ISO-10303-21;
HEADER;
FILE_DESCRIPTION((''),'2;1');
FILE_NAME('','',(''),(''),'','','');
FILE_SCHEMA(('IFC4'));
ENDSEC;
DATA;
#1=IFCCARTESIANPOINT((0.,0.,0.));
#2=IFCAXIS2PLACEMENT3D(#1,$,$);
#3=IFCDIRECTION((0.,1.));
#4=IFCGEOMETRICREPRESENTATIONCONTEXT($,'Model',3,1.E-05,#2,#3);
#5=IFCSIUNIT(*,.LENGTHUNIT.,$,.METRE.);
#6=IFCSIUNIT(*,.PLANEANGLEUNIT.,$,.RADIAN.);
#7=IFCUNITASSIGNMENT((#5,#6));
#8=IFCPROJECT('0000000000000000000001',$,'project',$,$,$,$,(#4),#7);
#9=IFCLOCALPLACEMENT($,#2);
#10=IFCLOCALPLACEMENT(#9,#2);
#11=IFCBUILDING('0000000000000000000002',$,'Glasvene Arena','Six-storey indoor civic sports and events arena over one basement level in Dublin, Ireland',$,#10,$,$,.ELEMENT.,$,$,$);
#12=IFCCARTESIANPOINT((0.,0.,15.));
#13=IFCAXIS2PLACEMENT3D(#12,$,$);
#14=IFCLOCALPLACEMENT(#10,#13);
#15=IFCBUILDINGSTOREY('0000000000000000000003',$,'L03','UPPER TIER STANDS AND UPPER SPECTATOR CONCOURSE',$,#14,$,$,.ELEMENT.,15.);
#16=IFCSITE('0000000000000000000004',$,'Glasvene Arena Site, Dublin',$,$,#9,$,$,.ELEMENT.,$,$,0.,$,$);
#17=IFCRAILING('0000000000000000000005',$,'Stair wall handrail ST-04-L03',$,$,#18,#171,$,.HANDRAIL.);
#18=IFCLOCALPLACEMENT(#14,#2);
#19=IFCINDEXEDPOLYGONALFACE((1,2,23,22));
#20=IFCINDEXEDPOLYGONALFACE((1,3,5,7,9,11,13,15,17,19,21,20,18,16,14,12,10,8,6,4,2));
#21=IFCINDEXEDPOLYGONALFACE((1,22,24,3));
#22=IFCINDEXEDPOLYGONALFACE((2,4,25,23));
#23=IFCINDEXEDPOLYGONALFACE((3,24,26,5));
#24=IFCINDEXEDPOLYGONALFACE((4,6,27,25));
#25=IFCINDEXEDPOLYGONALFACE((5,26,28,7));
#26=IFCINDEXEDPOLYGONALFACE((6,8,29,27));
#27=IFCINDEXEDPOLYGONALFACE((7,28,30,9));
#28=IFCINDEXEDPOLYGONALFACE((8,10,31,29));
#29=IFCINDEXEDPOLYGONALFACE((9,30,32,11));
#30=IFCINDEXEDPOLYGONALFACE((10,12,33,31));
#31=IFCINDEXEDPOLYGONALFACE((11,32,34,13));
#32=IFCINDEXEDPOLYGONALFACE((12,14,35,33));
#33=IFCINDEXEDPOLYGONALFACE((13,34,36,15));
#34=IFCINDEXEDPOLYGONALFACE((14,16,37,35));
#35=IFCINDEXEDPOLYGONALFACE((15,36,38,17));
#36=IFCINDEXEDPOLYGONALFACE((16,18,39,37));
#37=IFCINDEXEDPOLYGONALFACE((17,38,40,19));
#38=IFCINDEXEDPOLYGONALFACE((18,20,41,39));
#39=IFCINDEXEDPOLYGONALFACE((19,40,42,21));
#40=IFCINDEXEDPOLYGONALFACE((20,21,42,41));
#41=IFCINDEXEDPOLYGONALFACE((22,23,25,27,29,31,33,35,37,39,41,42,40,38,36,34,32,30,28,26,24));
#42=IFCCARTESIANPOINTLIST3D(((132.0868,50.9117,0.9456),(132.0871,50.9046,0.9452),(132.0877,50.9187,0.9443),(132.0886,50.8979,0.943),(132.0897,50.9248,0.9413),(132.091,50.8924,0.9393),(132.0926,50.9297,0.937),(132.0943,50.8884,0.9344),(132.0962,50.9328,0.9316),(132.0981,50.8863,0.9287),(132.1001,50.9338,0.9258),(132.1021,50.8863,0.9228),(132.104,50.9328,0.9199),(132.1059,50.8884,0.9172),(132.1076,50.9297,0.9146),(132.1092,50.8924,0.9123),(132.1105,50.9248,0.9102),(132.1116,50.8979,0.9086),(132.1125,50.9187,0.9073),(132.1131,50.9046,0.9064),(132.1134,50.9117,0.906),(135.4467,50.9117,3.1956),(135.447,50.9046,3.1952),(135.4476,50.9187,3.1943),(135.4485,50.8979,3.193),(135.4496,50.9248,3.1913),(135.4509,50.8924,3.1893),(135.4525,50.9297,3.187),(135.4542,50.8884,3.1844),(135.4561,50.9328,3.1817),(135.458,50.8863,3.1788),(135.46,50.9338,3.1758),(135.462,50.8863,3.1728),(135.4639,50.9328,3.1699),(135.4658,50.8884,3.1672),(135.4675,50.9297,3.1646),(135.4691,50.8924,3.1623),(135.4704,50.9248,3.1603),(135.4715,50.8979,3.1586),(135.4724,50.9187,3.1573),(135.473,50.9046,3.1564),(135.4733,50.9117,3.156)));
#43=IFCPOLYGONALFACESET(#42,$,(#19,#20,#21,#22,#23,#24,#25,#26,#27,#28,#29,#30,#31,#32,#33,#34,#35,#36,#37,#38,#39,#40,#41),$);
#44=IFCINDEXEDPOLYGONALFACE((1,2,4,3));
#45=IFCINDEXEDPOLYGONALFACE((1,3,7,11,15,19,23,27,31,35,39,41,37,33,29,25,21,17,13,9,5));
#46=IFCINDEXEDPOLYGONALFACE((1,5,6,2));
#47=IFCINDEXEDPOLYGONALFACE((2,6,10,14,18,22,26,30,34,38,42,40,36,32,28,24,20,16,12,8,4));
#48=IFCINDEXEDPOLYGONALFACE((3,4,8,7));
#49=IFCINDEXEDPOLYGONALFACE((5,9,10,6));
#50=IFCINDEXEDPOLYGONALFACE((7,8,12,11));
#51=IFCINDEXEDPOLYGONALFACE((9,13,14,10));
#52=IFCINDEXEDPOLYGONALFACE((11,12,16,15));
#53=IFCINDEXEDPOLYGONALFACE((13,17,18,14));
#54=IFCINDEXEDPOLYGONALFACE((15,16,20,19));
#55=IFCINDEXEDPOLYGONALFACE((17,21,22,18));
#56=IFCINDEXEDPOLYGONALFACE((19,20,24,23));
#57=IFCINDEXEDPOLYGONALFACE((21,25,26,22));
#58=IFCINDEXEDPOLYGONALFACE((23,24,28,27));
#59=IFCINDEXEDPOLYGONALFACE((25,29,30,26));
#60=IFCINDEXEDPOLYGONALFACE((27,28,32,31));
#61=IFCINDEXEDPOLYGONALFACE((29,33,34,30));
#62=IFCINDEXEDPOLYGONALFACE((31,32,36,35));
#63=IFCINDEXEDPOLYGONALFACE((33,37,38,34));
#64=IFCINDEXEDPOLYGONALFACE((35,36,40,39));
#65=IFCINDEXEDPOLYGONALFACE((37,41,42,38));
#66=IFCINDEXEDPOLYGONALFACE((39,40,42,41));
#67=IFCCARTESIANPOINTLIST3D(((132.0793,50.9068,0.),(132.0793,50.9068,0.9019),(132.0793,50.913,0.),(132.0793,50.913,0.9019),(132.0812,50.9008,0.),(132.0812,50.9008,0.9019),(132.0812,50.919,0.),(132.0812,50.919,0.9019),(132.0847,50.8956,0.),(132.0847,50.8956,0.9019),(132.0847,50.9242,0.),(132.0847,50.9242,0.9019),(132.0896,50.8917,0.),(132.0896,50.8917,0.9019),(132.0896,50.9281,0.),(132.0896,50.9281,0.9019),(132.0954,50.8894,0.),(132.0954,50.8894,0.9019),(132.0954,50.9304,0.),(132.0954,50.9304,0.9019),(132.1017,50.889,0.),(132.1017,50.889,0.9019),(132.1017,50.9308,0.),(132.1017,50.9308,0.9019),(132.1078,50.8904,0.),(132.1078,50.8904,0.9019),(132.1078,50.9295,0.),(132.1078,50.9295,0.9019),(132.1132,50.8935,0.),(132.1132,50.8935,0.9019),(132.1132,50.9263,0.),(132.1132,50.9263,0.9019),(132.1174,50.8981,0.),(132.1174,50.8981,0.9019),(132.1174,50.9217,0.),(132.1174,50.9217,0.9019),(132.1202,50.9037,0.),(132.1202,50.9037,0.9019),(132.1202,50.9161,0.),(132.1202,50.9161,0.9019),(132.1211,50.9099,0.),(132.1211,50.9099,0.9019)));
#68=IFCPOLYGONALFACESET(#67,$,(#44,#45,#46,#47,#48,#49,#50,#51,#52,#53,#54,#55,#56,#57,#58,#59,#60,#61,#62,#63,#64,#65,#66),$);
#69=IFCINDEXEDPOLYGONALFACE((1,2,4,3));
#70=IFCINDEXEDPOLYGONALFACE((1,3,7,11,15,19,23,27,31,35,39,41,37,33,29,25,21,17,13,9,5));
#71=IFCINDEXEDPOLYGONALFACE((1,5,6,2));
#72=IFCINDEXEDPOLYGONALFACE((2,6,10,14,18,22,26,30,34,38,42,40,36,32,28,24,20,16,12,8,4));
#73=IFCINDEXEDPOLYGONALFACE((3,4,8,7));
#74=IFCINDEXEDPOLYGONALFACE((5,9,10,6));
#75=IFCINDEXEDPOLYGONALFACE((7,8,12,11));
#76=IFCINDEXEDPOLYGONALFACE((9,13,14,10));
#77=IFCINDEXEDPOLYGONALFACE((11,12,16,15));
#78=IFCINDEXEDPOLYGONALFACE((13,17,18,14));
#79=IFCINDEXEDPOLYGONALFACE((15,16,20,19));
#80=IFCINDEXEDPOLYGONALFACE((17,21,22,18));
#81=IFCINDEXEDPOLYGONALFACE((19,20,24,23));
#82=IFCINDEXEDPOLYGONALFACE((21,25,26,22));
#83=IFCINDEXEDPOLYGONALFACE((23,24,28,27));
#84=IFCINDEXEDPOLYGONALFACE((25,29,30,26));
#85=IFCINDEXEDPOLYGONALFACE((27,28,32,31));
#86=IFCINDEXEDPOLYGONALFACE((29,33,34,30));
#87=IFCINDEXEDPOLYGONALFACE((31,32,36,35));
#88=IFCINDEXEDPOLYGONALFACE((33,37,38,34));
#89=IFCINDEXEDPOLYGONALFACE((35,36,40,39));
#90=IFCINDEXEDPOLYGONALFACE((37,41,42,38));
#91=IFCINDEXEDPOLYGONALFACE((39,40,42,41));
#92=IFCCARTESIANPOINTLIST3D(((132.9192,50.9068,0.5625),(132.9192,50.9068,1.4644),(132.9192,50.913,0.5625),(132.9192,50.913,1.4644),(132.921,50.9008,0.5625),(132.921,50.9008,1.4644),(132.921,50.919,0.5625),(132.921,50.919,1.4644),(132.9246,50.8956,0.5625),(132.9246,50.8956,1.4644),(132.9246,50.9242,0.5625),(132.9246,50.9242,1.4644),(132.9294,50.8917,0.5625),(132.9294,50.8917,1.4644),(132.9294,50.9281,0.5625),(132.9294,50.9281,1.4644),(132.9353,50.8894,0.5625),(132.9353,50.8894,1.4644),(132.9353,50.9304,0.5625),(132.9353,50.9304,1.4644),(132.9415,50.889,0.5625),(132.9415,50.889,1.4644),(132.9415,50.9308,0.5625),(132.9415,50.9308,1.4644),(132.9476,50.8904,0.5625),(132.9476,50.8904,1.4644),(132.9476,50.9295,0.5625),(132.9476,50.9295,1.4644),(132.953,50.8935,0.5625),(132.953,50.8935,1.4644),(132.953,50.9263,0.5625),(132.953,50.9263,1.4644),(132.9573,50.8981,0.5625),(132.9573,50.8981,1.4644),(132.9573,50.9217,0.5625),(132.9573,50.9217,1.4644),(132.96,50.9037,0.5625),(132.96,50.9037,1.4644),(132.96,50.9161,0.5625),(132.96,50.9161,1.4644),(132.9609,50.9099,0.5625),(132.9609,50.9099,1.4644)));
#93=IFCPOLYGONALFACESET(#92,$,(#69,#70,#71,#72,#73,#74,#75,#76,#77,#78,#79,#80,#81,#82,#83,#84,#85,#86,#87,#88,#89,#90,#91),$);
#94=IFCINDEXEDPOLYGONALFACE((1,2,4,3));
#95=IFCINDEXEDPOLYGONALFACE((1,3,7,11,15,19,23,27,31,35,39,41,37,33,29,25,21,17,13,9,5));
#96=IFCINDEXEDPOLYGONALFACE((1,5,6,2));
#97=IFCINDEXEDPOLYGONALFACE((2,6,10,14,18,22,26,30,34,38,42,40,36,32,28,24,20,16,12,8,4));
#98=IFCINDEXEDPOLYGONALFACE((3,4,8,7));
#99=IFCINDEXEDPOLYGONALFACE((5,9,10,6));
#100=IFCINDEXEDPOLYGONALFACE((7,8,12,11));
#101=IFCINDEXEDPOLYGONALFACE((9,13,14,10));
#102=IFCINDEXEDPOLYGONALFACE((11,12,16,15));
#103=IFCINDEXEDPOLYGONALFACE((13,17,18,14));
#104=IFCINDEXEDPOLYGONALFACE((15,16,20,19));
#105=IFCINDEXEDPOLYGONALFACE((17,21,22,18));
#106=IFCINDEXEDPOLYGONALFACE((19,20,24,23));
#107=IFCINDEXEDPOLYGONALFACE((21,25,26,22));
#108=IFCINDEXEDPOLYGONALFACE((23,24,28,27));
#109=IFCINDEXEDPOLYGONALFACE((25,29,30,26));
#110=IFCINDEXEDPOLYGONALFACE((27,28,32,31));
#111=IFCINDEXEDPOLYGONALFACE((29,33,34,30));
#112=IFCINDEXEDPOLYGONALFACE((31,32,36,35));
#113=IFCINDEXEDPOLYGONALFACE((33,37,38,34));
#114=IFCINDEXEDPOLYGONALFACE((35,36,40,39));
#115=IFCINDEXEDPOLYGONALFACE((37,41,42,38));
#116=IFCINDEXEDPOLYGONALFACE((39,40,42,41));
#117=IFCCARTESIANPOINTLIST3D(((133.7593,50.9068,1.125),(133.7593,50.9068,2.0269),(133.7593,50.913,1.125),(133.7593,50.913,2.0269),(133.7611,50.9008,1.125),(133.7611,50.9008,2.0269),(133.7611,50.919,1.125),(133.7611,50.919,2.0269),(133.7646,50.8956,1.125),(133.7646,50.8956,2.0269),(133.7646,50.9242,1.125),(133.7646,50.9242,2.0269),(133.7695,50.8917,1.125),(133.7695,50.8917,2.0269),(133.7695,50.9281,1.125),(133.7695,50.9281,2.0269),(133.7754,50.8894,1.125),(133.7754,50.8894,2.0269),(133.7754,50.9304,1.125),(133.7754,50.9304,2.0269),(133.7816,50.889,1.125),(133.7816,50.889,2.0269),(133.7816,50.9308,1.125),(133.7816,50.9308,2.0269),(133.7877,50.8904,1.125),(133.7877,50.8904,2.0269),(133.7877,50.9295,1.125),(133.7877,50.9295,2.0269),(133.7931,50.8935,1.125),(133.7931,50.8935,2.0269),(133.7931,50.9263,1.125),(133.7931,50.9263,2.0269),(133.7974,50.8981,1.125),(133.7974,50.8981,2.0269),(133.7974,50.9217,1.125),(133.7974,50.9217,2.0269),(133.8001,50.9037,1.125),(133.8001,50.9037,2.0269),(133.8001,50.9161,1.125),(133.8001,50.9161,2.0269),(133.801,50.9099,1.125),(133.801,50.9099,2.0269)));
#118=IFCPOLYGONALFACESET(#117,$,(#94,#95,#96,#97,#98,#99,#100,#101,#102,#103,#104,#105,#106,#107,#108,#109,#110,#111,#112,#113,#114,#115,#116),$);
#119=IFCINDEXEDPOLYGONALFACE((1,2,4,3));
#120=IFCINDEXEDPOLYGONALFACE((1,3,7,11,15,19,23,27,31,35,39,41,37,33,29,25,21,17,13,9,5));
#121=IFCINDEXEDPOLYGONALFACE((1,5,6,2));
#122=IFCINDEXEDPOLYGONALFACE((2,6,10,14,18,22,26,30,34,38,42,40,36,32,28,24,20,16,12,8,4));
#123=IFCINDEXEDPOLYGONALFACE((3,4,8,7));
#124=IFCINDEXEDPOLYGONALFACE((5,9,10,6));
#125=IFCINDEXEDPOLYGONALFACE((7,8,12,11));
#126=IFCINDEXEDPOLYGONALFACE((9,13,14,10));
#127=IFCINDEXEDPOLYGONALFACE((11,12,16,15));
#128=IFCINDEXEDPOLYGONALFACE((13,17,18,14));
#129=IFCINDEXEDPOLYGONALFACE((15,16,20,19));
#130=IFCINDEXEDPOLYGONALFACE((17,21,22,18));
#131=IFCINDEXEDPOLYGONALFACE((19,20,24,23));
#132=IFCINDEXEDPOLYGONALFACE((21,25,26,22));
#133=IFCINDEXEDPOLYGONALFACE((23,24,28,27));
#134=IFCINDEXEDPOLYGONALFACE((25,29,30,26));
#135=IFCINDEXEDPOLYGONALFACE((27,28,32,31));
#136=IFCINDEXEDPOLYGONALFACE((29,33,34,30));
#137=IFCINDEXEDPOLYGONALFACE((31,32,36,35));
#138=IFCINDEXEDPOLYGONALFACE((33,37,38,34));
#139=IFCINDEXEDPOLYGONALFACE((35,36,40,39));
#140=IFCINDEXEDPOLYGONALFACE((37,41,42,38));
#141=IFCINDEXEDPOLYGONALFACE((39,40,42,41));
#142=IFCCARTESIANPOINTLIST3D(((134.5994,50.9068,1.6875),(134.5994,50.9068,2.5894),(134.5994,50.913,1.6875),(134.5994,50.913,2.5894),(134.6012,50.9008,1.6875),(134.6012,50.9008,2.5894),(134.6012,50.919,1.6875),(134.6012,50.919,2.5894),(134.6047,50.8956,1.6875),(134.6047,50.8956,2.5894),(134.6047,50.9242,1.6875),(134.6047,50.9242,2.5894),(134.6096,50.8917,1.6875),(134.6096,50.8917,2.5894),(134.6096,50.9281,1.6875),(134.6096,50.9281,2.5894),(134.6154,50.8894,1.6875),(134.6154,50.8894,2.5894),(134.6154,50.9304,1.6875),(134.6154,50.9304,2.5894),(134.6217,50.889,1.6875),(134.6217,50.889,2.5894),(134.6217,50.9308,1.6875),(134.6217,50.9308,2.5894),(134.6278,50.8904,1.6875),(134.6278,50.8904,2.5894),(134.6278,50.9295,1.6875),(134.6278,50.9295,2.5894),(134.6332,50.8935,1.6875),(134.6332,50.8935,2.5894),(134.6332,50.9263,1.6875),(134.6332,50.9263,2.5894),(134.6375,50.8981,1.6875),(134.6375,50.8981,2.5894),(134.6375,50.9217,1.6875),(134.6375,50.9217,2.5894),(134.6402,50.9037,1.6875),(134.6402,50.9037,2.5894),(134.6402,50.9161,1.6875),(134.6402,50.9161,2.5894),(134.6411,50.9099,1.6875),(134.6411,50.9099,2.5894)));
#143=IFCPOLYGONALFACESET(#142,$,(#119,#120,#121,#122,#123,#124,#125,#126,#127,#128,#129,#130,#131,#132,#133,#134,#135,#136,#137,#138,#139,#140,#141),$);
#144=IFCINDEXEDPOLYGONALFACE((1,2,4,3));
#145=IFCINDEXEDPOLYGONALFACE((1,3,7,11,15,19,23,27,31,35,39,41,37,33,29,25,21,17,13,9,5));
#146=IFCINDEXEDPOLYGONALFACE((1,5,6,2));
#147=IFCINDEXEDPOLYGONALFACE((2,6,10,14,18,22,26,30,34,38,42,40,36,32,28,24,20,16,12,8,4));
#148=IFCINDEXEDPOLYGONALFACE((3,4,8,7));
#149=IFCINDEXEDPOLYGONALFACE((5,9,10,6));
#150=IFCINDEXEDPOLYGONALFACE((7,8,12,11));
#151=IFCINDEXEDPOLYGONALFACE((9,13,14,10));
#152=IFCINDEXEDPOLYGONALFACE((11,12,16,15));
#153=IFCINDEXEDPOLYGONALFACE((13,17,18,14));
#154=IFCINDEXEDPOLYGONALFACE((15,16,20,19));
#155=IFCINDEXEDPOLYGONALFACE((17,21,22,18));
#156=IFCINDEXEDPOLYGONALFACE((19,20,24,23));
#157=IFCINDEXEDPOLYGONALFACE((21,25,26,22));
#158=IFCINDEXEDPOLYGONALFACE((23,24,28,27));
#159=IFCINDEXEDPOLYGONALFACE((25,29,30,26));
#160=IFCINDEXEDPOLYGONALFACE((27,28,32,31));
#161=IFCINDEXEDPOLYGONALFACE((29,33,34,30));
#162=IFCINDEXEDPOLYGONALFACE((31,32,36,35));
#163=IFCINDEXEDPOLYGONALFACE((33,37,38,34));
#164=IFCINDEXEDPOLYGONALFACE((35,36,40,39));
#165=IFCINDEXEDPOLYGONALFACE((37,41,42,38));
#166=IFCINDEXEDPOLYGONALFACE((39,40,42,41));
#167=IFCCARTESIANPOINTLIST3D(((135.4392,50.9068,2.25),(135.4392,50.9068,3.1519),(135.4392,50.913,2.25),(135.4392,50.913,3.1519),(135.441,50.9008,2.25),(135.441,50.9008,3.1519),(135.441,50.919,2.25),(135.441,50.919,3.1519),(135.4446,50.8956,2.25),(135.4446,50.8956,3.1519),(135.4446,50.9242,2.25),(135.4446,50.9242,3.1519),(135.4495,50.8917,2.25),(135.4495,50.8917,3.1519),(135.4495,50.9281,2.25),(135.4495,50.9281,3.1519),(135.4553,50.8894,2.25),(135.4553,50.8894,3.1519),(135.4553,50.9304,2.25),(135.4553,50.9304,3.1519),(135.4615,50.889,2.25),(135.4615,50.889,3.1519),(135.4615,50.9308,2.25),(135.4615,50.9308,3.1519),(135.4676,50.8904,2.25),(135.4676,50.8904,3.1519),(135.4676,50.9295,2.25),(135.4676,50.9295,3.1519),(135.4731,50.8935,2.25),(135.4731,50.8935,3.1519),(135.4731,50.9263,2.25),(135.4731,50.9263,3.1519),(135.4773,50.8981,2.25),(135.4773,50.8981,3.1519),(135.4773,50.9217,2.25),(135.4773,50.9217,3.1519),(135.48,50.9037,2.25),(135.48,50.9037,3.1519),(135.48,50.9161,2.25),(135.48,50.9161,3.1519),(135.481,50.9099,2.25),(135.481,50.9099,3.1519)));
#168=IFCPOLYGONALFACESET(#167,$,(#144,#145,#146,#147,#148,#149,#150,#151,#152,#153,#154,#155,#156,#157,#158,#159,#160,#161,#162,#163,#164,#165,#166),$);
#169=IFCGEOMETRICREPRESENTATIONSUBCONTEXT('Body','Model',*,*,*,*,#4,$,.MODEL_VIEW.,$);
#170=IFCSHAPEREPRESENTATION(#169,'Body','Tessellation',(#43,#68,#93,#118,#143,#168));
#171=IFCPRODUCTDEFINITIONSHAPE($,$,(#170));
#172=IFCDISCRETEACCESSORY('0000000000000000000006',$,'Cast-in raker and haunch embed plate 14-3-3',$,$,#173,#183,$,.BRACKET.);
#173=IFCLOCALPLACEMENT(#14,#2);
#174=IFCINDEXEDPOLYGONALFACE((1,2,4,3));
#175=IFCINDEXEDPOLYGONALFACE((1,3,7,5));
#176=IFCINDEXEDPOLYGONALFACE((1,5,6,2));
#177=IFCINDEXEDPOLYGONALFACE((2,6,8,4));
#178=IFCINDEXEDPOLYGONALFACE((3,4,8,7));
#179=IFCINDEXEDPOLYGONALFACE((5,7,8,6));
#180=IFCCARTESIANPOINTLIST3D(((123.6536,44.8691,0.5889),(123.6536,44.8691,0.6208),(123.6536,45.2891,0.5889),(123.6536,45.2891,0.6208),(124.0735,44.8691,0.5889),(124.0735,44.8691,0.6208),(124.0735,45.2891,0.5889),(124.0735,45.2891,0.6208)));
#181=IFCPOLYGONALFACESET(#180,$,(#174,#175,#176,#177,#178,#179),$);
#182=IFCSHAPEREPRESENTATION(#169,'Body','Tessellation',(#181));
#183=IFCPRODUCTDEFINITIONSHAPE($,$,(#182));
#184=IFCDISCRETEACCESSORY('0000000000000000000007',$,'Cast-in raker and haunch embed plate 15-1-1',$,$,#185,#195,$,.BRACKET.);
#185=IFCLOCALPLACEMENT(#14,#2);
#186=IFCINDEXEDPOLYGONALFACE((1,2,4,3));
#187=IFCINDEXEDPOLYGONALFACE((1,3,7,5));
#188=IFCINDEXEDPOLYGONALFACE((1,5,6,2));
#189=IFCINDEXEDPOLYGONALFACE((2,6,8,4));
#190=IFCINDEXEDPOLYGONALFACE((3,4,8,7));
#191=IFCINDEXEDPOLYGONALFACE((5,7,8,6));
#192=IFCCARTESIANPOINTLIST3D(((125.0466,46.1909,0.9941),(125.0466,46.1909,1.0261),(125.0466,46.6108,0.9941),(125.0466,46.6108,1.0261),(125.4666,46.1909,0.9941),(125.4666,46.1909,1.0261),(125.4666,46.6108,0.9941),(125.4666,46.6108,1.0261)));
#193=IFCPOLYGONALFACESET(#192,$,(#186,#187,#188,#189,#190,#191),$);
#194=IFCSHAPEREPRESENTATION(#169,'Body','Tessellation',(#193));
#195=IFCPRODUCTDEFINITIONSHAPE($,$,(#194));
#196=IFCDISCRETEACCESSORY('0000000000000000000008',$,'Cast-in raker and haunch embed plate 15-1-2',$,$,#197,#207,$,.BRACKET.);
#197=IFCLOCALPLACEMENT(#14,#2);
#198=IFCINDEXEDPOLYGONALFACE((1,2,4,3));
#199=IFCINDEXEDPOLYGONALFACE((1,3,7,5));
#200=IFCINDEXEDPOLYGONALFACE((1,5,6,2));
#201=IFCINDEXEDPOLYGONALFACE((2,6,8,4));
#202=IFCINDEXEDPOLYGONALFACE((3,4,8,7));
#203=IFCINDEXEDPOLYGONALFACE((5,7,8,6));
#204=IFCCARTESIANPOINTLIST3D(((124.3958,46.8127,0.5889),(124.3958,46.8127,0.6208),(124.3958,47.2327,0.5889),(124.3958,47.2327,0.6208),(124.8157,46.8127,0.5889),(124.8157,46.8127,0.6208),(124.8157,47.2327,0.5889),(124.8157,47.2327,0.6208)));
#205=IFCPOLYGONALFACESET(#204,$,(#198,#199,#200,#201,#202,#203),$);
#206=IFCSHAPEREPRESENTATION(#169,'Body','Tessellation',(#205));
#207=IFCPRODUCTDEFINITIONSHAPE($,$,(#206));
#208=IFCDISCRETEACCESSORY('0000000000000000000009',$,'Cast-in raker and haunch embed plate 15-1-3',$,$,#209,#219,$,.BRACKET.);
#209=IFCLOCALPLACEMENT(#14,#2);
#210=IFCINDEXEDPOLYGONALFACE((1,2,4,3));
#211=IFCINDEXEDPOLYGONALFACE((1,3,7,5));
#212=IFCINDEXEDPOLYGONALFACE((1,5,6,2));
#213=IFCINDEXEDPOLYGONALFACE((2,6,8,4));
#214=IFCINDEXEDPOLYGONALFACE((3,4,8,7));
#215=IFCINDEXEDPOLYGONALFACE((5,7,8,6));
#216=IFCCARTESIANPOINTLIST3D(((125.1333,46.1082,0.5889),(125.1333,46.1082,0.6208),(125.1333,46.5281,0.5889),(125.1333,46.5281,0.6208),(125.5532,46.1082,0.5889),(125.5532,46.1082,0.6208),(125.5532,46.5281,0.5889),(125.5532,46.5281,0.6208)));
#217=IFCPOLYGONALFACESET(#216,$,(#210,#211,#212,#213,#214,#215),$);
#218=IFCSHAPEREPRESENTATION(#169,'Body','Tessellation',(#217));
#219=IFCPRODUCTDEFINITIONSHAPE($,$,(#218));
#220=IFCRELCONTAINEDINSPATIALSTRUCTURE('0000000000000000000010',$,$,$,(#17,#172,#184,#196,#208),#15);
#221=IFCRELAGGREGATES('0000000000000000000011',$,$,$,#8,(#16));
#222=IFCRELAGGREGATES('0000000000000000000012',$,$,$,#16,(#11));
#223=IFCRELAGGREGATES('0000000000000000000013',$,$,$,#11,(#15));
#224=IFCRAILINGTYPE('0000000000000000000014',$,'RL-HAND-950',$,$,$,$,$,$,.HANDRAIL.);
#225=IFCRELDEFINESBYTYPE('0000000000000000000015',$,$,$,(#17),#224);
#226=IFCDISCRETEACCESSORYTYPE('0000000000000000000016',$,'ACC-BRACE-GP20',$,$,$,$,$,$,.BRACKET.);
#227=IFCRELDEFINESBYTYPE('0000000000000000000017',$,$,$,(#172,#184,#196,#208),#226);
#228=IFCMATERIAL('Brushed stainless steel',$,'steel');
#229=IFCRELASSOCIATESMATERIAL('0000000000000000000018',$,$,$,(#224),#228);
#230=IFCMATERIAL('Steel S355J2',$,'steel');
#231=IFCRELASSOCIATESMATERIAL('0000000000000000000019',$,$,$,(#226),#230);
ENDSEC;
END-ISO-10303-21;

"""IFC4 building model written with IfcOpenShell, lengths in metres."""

from ifc_helpers import new_model, si_unit, direction, frame, origin, origin_2d, place, context, subcontext, project, spatial, rectangle, circle, extrude, material, type_object, element, save


model = new_model("IFC4")

# Units and contexts
model_context = context("Model", 3, precision=1e-05, world=origin(), true_north=direction((0.0, 1.0)))
body_context = subcontext(model_context, "Body", "Model", "MODEL_VIEW")
ifc_project = project(units=[si_unit("LENGTHUNIT", "METRE"), si_unit("PLANEANGLEUNIT", "RADIAN")], contexts=[model_context])

# Site, building, storey
site_placement = place(None, origin())
site = spatial("IfcSite", under=ifc_project, at=site_placement, Name="Glasvene Arena Site, Dublin", CompositionType="ELEMENT", RefElevation=0.0)
building_placement = place(site_placement, origin())
building = spatial("IfcBuilding", under=site, at=building_placement, Name="Glasvene Arena", Description="Six-storey indoor civic sports and events arena over one basement level in Dublin, Ireland", CompositionType="ELEMENT")
storey_placement = place(building_placement, frame((0.0, 0.0, 15.0)))
storey = spatial("IfcBuildingStorey", under=building, at=storey_placement, Name="L03", Description="UPPER TIER STANDS AND UPPER SPECTATOR CONCOURSE", CompositionType="ELEMENT", Elevation=15.0)

# Shared definitions
ifc_material_1 = material(Name="Steel S355J2", Category="steel")

# Railing
ifc_material_2 = material(Name="Brushed stainless steel", Category="steel")
railing_type_1 = type_object("IfcRailingType", Name="RL-HAND-950", PredefinedType="HANDRAIL", material=ifc_material_2)
railing_1_placement = place(storey_placement, frame((132.1001, 50.9099, 0.0)))
element("IfcRailing", 1, at=railing_1_placement, inside=storey, type_object=railing_type_1, Name="Stair wall handrail ST-04-L03", PredefinedType="HANDRAIL", context=body_context, shape_type="SweptSolid", body=[
    extrude(circle(Radius=0.0239, at=origin_2d()), frame((0.0, 0.0, 0.9258), z_axis=(0.830897, 0.0, 0.556427), x_axis=(0.0, 1.0, 0.0)), (0.0, 0.0, 1.0), 4.0437),
    extrude(circle(Radius=0.021, at=origin_2d()), origin(), (0.0, 0.0, 1.0), 0.9019),
    extrude(circle(Radius=0.021, at=origin_2d()), frame((0.8398, 0.0, 0.5625)), (0.0, 0.0, 1.0), 0.9019),
    extrude(circle(Radius=0.021, at=origin_2d()), frame((1.6799, 0.0, 1.125)), (0.0, 0.0, 1.0), 0.9019),
    extrude(circle(Radius=0.021, at=origin_2d()), frame((2.52, 0.0, 1.6875)), (0.0, 0.0, 1.0), 0.9019),
    extrude(circle(Radius=0.021, at=origin_2d()), frame((3.3599, 0.0, 2.25)), (0.0, 0.0, 1.0), 0.9019),
])

# Discrete accessories
discrete_accessory_type = type_object("IfcDiscreteAccessoryType", Name="ACC-BRACE-GP20", PredefinedType="BRACKET", material=ifc_material_1)
for number, where, z_axis, x_axis, name in (
    (2, (123.8635, 45.0791, 0.5889), (0.0, 0.0, 1.0), (1.0, 0.0, 0.0), "Cast-in raker and haunch embed plate 14-3-3"),
    (3, (125.2566, 46.4009, 0.9941), (0.0, 0.0, 1.0), (1.0, 0.0, 0.0), "Cast-in raker and haunch embed plate 15-1-1"),
    (4, (124.6057, 47.0227, 0.5889), (0.0, 0.0, 1.0), (1.0, 0.0, 0.0), "Cast-in raker and haunch embed plate 15-1-2"),
    (5, (125.3433, 46.3181, 0.5889), (0.0, 0.0, 1.0), (1.0, 0.0, 0.0), "Cast-in raker and haunch embed plate 15-1-3"),
):
    element("IfcDiscreteAccessory", number, at=place(storey_placement, frame(where, z_axis=z_axis, x_axis=x_axis)), inside=storey, type_object=discrete_accessory_type, Name=name, PredefinedType="BRACKET", context=body_context, shape_type="SweptSolid", body=[
        extrude(rectangle(XDim=0.4199, YDim=0.4199, at=origin_2d()), origin(), (0.0, 0.0, 1.0), 0.032),
    ])

save(model, "model.ifc")
